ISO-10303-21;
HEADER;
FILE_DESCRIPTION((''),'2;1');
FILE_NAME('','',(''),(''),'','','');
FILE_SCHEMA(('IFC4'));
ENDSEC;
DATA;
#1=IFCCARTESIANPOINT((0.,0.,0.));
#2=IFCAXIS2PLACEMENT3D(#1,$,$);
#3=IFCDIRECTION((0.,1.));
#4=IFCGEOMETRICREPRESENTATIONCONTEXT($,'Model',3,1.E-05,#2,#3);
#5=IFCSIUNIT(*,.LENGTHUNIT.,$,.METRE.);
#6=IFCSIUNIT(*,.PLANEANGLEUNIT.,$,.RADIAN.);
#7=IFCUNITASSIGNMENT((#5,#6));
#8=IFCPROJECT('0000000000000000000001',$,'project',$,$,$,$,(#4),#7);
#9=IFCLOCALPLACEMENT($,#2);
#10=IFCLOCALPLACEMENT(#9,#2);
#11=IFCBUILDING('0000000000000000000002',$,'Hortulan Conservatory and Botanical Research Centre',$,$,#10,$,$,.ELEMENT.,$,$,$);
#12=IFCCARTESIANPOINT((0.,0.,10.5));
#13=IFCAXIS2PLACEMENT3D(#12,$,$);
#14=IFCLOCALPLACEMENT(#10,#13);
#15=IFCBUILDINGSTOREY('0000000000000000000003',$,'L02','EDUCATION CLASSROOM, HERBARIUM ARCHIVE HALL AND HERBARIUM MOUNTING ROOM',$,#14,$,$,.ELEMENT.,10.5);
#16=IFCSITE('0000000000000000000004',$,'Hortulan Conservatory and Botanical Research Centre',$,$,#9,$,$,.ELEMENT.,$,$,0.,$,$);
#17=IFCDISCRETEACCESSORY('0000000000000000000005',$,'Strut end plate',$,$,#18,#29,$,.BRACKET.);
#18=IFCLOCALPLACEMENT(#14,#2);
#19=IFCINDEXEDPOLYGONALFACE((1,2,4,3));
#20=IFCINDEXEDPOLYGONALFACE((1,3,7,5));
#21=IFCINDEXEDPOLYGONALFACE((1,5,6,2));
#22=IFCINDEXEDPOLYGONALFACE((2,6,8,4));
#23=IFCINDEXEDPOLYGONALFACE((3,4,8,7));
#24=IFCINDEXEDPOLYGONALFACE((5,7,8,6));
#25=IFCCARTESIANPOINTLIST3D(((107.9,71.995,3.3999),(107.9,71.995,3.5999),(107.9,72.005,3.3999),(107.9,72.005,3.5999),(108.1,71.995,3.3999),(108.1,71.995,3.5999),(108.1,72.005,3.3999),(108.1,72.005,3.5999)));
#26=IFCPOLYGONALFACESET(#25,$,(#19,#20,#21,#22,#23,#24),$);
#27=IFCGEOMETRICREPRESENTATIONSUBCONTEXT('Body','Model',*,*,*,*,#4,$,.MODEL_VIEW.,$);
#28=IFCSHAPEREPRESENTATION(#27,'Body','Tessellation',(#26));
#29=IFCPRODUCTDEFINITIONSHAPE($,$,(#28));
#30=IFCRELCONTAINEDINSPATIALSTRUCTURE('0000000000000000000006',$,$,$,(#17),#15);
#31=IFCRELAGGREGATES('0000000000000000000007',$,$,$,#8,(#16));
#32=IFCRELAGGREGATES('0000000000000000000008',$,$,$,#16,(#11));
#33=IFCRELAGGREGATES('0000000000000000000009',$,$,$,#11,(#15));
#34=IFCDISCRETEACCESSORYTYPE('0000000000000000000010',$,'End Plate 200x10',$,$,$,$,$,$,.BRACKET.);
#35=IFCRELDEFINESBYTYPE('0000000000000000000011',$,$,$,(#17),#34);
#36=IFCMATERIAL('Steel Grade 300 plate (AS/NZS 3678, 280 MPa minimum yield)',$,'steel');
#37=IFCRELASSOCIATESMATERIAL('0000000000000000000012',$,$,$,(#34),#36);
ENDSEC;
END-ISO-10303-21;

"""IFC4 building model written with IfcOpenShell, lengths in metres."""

from ifc_helpers import new_model, si_unit, direction, frame, origin, origin_2d, place, context, subcontext, project, spatial, rectangle, extrude, material, type_object, element, save


model = new_model("IFC4")

# Units and contexts
model_context = context("Model", 3, precision=1e-05, world=origin(), true_north=direction((0.0, 1.0)))
body_context = subcontext(model_context, "Body", "Model", "MODEL_VIEW")
ifc_project = project(units=[si_unit("LENGTHUNIT", "METRE"), si_unit("PLANEANGLEUNIT", "RADIAN")], contexts=[model_context])

# Site, building, storey
site_placement = place(None, origin())
site = spatial("IfcSite", under=ifc_project, at=site_placement, Name="Hortulan Conservatory and Botanical Research Centre", CompositionType="ELEMENT", RefElevation=0.0)
building_placement = place(site_placement, origin())
building = spatial("IfcBuilding", under=site, at=building_placement, Name="Hortulan Conservatory and Botanical Research Centre", CompositionType="ELEMENT")
storey_placement = place(building_placement, frame((0.0, 0.0, 10.5)))
storey = spatial("IfcBuildingStorey", under=building, at=storey_placement, Name="L02", Description="EDUCATION CLASSROOM, HERBARIUM ARCHIVE HALL AND HERBARIUM MOUNTING ROOM", CompositionType="ELEMENT", Elevation=10.5)

# Discrete accessory
ifc_material_1 = material(Name="Steel Grade 300 plate (AS/NZS 3678, 280 MPa minimum yield)", Category="steel")
discrete_accessory_type = type_object("IfcDiscreteAccessoryType", Name="End Plate 200x10", PredefinedType="BRACKET", material=ifc_material_1)
for number, where, z_axis, x_axis, name in (
    (1, (108.0, 72.0, 3.3999), (0.0, 0.0, 1.0), (1.0, 0.0, 0.0), "Strut end plate"),
):
    element("IfcDiscreteAccessory", number, at=place(storey_placement, frame(where, z_axis=z_axis, x_axis=x_axis)), inside=storey, type_object=discrete_accessory_type, Name=name, PredefinedType="BRACKET", context=body_context, shape_type="SweptSolid", body=[
        extrude(rectangle(XDim=0.2, YDim=0.01, at=origin_2d()), origin(), (0.0, 0.0, 1.0), 0.2),
    ])

save(model, "model.ifc")
